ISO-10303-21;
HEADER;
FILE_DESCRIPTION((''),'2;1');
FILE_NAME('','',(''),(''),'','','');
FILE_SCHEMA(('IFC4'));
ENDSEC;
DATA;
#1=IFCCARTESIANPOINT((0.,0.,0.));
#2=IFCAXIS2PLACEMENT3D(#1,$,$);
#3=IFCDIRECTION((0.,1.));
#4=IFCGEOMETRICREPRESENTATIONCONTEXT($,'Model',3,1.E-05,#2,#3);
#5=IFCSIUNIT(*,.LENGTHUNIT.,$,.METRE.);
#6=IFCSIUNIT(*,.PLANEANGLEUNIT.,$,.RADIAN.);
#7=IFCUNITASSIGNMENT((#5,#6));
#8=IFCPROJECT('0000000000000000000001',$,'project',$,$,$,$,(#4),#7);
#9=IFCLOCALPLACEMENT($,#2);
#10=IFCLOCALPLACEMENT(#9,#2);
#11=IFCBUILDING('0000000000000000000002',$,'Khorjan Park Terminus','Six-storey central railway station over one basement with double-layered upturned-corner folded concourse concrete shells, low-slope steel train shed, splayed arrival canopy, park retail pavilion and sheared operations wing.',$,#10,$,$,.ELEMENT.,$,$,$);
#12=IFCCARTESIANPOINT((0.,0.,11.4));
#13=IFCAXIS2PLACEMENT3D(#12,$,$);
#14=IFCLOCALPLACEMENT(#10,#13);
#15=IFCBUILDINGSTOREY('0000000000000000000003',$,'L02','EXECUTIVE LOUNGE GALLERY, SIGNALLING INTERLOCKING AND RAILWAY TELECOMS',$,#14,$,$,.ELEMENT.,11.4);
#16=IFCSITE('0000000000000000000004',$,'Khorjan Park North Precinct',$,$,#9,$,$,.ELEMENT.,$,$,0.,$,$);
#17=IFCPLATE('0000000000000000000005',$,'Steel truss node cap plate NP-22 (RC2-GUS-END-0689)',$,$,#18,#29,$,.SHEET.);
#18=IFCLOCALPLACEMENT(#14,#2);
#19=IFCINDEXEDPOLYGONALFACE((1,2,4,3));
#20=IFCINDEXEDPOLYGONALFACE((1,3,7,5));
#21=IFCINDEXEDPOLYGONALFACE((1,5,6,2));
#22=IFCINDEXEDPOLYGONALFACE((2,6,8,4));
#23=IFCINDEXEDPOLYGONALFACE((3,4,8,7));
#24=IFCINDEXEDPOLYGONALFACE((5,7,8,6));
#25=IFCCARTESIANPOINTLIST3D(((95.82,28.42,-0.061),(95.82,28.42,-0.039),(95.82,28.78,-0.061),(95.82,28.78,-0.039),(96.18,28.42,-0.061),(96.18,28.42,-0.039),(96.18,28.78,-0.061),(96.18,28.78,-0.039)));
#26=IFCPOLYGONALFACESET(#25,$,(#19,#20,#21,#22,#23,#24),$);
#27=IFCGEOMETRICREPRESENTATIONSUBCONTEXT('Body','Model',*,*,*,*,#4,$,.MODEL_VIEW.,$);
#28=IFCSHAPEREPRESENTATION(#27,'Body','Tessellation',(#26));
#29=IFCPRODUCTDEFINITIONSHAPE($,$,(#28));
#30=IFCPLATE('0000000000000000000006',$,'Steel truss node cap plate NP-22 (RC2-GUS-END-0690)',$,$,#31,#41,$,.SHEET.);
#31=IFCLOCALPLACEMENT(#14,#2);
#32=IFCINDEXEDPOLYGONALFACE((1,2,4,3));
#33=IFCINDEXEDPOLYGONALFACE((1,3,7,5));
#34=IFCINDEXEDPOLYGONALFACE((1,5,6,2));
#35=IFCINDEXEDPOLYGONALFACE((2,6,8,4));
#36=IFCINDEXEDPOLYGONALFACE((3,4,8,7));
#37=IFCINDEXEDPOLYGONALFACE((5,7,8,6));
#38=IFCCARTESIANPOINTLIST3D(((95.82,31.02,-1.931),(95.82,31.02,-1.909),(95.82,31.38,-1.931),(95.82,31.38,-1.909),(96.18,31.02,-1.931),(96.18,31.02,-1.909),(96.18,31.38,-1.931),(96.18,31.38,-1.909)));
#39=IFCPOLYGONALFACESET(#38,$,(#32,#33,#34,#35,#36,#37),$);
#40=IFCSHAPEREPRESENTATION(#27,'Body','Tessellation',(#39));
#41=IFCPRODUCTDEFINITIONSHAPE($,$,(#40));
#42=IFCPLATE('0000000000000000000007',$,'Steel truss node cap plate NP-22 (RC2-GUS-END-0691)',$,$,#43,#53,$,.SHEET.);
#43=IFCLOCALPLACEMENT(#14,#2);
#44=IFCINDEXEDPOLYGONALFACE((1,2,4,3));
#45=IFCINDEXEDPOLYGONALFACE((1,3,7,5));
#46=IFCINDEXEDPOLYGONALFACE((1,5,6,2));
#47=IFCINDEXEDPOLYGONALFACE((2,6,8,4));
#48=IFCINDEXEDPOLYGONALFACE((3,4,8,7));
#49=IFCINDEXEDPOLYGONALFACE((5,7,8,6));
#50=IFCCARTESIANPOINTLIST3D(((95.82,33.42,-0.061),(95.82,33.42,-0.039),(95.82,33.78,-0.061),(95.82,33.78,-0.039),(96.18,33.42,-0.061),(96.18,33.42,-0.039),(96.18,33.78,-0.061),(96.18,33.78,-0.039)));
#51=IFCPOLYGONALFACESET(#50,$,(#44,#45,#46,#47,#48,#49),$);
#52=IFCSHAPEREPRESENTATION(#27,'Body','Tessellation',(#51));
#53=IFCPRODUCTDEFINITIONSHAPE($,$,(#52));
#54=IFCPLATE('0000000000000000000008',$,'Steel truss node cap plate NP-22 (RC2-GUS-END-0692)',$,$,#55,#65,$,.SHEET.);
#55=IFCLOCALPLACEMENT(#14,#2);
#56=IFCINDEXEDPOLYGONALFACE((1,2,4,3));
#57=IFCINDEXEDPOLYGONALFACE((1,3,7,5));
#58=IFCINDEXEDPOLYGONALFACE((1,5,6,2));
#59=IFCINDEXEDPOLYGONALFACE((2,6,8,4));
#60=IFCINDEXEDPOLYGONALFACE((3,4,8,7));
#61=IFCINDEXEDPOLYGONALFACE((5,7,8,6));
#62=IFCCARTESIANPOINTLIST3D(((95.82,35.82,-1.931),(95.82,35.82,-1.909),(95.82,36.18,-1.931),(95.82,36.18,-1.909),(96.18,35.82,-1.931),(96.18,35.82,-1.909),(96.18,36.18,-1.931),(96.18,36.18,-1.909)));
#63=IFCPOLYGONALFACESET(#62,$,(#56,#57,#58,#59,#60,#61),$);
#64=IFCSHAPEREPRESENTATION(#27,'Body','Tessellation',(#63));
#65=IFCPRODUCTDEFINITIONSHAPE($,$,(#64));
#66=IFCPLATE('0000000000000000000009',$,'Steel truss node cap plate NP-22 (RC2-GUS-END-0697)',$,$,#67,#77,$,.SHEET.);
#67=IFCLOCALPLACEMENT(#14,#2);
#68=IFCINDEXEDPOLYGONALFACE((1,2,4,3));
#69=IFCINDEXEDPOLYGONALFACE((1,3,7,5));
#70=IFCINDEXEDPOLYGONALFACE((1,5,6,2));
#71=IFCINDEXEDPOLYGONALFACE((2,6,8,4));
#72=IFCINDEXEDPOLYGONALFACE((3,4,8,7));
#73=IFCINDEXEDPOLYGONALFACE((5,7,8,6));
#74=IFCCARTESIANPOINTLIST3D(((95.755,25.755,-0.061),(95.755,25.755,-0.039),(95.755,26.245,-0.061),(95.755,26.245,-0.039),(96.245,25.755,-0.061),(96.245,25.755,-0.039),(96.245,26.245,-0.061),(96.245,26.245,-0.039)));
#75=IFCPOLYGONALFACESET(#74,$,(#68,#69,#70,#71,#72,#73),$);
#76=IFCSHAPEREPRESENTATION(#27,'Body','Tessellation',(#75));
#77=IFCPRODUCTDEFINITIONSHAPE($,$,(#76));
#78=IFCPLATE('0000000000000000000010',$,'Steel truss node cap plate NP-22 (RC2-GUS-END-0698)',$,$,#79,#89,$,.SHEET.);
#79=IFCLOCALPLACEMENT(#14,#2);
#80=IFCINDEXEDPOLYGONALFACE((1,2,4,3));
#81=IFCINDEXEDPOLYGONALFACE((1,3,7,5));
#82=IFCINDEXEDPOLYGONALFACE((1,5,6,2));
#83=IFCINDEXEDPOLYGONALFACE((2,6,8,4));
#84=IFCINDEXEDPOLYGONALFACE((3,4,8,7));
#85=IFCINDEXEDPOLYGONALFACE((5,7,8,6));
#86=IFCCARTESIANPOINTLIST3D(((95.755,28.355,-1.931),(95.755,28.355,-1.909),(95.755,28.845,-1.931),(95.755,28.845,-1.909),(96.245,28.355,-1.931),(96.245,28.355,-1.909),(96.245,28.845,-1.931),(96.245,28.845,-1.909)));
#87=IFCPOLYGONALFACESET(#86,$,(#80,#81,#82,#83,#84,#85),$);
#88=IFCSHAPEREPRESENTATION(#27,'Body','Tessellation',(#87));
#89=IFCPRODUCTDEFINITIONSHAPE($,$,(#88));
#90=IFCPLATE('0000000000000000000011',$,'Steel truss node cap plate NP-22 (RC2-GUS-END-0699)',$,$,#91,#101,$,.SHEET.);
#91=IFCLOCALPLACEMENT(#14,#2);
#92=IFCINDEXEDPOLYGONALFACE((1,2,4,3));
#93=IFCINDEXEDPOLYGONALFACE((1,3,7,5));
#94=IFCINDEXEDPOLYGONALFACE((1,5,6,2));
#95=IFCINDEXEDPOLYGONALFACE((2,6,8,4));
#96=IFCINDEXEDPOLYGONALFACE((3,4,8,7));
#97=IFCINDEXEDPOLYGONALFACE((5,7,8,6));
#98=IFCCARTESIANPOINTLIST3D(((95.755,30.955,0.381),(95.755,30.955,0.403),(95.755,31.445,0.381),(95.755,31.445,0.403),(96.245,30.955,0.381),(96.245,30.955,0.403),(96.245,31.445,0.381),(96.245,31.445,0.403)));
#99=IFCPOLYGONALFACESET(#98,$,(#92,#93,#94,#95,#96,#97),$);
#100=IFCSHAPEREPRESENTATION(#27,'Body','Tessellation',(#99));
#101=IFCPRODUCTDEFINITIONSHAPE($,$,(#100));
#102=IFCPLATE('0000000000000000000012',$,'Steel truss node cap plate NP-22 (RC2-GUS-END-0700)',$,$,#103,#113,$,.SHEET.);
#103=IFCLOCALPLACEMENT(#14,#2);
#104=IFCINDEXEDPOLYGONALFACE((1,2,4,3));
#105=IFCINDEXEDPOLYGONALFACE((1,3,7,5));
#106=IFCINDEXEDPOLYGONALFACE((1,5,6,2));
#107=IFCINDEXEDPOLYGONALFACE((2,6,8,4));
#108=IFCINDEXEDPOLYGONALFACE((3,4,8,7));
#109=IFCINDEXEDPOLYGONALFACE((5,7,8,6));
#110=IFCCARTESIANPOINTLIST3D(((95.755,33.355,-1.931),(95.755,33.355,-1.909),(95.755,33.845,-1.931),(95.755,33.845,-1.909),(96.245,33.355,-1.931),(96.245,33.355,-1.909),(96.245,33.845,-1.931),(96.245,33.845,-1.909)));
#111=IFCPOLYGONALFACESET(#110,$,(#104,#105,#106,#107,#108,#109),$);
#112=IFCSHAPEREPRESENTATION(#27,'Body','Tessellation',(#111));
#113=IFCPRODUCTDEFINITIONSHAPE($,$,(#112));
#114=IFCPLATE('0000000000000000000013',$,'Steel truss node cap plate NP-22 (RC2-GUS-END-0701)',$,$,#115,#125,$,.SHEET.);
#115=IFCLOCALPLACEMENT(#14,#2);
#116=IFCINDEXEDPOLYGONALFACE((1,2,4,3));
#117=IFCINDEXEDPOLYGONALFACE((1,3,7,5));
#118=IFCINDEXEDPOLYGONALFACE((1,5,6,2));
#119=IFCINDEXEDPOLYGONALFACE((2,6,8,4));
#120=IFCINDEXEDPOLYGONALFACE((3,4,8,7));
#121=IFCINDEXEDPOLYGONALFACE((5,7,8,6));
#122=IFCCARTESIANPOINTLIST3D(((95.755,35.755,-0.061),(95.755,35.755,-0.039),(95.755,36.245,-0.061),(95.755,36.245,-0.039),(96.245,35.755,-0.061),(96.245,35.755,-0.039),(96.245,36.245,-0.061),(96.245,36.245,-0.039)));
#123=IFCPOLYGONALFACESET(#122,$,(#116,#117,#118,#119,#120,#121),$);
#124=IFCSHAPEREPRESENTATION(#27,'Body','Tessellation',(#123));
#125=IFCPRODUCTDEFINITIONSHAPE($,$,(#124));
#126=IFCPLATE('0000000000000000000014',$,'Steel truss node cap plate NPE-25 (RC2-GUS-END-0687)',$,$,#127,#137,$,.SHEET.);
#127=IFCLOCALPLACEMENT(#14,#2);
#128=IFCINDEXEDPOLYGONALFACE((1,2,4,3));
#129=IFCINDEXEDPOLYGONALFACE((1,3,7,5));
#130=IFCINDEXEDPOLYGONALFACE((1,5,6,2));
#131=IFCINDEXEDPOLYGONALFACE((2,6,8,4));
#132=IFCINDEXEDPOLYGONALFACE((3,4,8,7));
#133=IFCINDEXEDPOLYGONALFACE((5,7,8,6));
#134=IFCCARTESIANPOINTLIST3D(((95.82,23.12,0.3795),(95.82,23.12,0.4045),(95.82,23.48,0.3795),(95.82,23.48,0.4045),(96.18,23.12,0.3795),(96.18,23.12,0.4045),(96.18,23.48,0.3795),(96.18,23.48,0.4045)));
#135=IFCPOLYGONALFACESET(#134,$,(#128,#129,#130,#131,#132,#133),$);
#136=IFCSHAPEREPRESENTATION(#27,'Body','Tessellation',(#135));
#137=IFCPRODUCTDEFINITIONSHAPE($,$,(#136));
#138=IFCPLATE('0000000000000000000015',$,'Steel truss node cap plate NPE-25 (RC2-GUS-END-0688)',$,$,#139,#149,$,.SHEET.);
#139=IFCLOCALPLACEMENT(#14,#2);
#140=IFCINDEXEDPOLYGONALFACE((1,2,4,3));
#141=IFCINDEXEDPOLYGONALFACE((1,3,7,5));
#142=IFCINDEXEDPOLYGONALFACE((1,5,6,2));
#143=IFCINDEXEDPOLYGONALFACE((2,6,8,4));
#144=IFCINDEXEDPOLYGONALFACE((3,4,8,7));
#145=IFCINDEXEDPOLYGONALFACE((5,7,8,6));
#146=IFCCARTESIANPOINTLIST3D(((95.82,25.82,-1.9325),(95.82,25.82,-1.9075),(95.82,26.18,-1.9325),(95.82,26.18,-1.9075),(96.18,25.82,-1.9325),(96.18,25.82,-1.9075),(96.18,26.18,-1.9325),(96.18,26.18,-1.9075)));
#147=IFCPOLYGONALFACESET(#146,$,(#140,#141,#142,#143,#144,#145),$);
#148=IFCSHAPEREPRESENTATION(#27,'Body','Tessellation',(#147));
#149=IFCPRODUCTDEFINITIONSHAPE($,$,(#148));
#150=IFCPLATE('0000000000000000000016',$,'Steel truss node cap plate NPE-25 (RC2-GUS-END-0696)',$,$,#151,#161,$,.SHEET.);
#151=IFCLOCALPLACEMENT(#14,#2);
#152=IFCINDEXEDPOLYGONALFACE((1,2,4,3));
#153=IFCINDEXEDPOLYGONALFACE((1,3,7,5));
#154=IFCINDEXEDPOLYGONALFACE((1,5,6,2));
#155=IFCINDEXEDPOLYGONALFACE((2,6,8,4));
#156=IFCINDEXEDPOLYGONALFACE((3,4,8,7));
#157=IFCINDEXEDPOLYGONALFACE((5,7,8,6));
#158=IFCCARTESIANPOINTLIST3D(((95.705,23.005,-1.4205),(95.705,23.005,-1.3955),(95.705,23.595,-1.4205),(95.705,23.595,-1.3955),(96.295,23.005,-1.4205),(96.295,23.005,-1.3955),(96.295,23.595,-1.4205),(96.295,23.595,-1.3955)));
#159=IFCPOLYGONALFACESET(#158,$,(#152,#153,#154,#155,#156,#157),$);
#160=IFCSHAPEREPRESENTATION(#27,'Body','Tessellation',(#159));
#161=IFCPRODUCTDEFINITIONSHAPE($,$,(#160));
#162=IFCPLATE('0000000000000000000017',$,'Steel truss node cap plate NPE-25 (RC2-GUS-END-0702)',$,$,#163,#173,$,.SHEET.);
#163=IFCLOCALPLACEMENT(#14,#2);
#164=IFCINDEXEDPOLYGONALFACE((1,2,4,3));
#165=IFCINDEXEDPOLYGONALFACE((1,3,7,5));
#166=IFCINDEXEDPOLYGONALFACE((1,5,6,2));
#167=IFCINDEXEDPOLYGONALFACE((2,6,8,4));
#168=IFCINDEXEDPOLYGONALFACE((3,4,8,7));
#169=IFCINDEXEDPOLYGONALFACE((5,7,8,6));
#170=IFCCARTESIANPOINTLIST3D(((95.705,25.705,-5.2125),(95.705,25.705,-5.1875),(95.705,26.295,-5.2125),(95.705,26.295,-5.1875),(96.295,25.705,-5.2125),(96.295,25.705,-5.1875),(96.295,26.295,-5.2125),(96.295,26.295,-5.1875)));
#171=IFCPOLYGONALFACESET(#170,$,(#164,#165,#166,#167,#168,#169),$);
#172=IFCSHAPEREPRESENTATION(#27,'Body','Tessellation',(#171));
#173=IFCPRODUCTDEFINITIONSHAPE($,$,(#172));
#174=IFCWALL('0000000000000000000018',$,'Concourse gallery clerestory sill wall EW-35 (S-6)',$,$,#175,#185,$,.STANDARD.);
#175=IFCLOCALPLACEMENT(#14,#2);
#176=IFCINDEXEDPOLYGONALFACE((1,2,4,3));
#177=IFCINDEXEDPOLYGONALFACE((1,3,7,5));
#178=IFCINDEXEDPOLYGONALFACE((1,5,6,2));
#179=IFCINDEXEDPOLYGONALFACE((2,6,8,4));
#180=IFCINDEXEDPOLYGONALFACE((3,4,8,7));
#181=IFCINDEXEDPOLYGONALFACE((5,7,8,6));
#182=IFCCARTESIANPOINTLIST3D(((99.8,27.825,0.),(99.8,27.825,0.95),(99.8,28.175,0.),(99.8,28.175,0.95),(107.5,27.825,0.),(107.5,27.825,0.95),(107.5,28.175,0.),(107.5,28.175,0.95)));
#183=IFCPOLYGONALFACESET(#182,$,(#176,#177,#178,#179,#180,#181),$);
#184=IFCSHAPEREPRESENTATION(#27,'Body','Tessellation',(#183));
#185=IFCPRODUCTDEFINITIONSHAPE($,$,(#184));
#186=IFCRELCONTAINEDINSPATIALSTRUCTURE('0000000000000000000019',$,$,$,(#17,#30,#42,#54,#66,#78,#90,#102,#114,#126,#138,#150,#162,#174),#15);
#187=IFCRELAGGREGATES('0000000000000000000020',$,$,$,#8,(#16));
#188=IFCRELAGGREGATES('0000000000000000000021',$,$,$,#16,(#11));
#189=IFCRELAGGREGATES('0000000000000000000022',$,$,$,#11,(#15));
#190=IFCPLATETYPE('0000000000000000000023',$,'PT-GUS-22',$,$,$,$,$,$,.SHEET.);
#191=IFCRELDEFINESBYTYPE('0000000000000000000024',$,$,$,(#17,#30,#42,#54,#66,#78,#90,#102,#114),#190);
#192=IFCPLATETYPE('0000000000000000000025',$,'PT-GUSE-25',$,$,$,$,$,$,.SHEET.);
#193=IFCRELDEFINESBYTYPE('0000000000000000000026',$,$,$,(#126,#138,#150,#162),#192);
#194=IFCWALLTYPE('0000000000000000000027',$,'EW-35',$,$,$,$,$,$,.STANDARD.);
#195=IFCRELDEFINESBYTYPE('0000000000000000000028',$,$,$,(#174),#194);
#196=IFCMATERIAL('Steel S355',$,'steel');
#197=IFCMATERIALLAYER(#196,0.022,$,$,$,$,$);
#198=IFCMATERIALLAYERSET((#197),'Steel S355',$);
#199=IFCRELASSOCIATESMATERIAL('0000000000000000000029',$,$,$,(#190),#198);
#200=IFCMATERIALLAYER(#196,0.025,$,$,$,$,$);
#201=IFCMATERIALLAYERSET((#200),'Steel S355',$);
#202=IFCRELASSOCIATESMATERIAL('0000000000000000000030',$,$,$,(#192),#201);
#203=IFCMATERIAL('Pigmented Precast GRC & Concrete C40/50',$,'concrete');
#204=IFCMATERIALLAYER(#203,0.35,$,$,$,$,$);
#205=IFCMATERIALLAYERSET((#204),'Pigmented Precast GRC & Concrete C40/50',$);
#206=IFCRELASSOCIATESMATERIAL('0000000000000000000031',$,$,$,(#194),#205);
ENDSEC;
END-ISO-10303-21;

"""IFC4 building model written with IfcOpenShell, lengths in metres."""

from ifc_helpers import new_model, si_unit, direction, frame, frame_2d, origin, origin_2d, place, context, subcontext, project, spatial, rectangle, extrude, material, layer, layer_set, type_object, element, save


model = new_model("IFC4")

# Units and contexts
model_context = context("Model", 3, precision=1e-05, world=origin(), true_north=direction((0.0, 1.0)))
body_context = subcontext(model_context, "Body", "Model", "MODEL_VIEW")
ifc_project = project(units=[si_unit("LENGTHUNIT", "METRE"), si_unit("PLANEANGLEUNIT", "RADIAN")], contexts=[model_context])

# Site, building, storey
site_placement = place(None, origin())
site = spatial("IfcSite", under=ifc_project, at=site_placement, Name="Khorjan Park North Precinct", CompositionType="ELEMENT", RefElevation=0.0)
building_placement = place(site_placement, origin())
building = spatial("IfcBuilding", under=site, at=building_placement, Name="Khorjan Park Terminus", Description="Six-storey central railway station over one basement with double-layered upturned-corner folded concourse concrete shells, low-slope steel train shed, splayed arrival canopy, park retail pavilion and sheared operations wing.", CompositionType="ELEMENT")
storey_placement = place(building_placement, frame((0.0, 0.0, 11.4)))
storey = spatial("IfcBuildingStorey", under=building, at=storey_placement, Name="L02", Description="EXECUTIVE LOUNGE GALLERY, SIGNALLING INTERLOCKING AND RAILWAY TELECOMS", CompositionType="ELEMENT", Elevation=11.4)

# Shared definitions
ifc_material_1 = material(Name="Steel S355", Category="steel")

# Plates
ifc_layer_1 = layer(ifc_material_1, 0.022)
ifc_layer_set_1 = layer_set([ifc_layer_1], Name="Steel S355")
plate_type_1 = type_object("IfcPlateType", Name="PT-GUS-22", PredefinedType="SHEET", material=ifc_layer_set_1)
for number, where, z_axis, x_axis, name in (
    (1, (96.0, 28.6, -0.061), (0.0, 0.0, 1.0), (1.0, 0.0, 0.0), "Steel truss node cap plate NP-22 (RC2-GUS-END-0689)"),
    (2, (96.0, 31.2, -1.931), (0.0, 0.0, 1.0), (1.0, 0.0, 0.0), "Steel truss node cap plate NP-22 (RC2-GUS-END-0690)"),
    (3, (96.0, 33.6, -0.061), (0.0, 0.0, 1.0), (1.0, 0.0, 0.0), "Steel truss node cap plate NP-22 (RC2-GUS-END-0691)"),
    (4, (96.0, 36.0, -1.931), (0.0, 0.0, 1.0), (1.0, 0.0, 0.0), "Steel truss node cap plate NP-22 (RC2-GUS-END-0692)"),
):
    element("IfcPlate", number, at=place(storey_placement, frame(where, z_axis=z_axis, x_axis=x_axis)), inside=storey, type_object=plate_type_1, Name=name, PredefinedType="SHEET", context=body_context, shape_type="SweptSolid", body=[
        extrude(rectangle(XDim=0.36, YDim=0.36, at=origin_2d()), origin(), (0.0, 0.0, 1.0), 0.022),
    ])
for number, where, z_axis, x_axis, name in (
    (5, (96.0, 26.0, -0.061), (0.0, 0.0, 1.0), (1.0, 0.0, 0.0), "Steel truss node cap plate NP-22 (RC2-GUS-END-0697)"),
    (6, (96.0, 28.6, -1.931), (0.0, 0.0, 1.0), (1.0, 0.0, 0.0), "Steel truss node cap plate NP-22 (RC2-GUS-END-0698)"),
    (7, (96.0, 31.2, 0.381), (0.0, 0.0, 1.0), (1.0, 0.0, 0.0), "Steel truss node cap plate NP-22 (RC2-GUS-END-0699)"),
    (8, (96.0, 33.6, -1.931), (0.0, 0.0, 1.0), (1.0, 0.0, 0.0), "Steel truss node cap plate NP-22 (RC2-GUS-END-0700)"),
    (9, (96.0, 36.0, -0.061), (0.0, 0.0, 1.0), (1.0, 0.0, 0.0), "Steel truss node cap plate NP-22 (RC2-GUS-END-0701)"),
):
    element("IfcPlate", number, at=place(storey_placement, frame(where, z_axis=z_axis, x_axis=x_axis)), inside=storey, type_object=plate_type_1, Name=name, PredefinedType="SHEET", context=body_context, shape_type="SweptSolid", body=[
        extrude(rectangle(XDim=0.49, YDim=0.49, at=origin_2d()), origin(), (0.0, 0.0, 1.0), 0.022),
    ])
ifc_layer_2 = layer(ifc_material_1, 0.025)
ifc_layer_set_2 = layer_set([ifc_layer_2], Name="Steel S355")
plate_type_2 = type_object("IfcPlateType", Name="PT-GUSE-25", PredefinedType="SHEET", material=ifc_layer_set_2)
for number, where, z_axis, x_axis, name in (
    (10, (96.0, 23.3, 0.3795), (0.0, 0.0, 1.0), (1.0, 0.0, 0.0), "Steel truss node cap plate NPE-25 (RC2-GUS-END-0687)"),
    (11, (96.0, 26.0, -1.9325), (0.0, 0.0, 1.0), (1.0, 0.0, 0.0), "Steel truss node cap plate NPE-25 (RC2-GUS-END-0688)"),
):
    element("IfcPlate", number, at=place(storey_placement, frame(where, z_axis=z_axis, x_axis=x_axis)), inside=storey, type_object=plate_type_2, Name=name, PredefinedType="SHEET", context=body_context, shape_type="SweptSolid", body=[
        extrude(rectangle(XDim=0.36, YDim=0.36, at=origin_2d()), origin(), (0.0, 0.0, 1.0), 0.025),
    ])
for number, where, z_axis, x_axis, name in (
    (12, (96.0, 23.3, -1.4205), (0.0, 0.0, 1.0), (1.0, 0.0, 0.0), "Steel truss node cap plate NPE-25 (RC2-GUS-END-0696)"),
    (13, (96.0, 26.0, -5.2125), (0.0, 0.0, 1.0), (1.0, 0.0, 0.0), "Steel truss node cap plate NPE-25 (RC2-GUS-END-0702)"),
):
    element("IfcPlate", number, at=place(storey_placement, frame(where, z_axis=z_axis, x_axis=x_axis)), inside=storey, type_object=plate_type_2, Name=name, PredefinedType="SHEET", context=body_context, shape_type="SweptSolid", body=[
        extrude(rectangle(XDim=0.59, YDim=0.59, at=origin_2d()), origin(), (0.0, 0.0, 1.0), 0.025),
    ])

# Wall
ifc_material_2 = material(Name="Pigmented Precast GRC & Concrete C40/50", Category="concrete")
ifc_layer_3 = layer(ifc_material_2, 0.35)
ifc_layer_set_3 = layer_set([ifc_layer_3], Name="Pigmented Precast GRC & Concrete C40/50")
wall_type = type_object("IfcWallType", Name="EW-35", PredefinedType="STANDARD", material=ifc_layer_set_3)
wall_placement = place(storey_placement, frame((99.8, 28.0, 0.0), z_axis=(0.0, 0.0, 1.0), x_axis=(1.0, 0.0, 0.0)))
element("IfcWall", 14, at=wall_placement, inside=storey, type_object=wall_type, Name="Concourse gallery clerestory sill wall EW-35 (S-6)", PredefinedType="STANDARD", context=body_context, shape_type="SweptSolid", body=[
    extrude(rectangle(XDim=7.7, YDim=0.35, at=frame_2d((3.85, 0.0))), origin(), (0.0, 0.0, 1.0), 0.95),
])

save(model, "model.ifc")
